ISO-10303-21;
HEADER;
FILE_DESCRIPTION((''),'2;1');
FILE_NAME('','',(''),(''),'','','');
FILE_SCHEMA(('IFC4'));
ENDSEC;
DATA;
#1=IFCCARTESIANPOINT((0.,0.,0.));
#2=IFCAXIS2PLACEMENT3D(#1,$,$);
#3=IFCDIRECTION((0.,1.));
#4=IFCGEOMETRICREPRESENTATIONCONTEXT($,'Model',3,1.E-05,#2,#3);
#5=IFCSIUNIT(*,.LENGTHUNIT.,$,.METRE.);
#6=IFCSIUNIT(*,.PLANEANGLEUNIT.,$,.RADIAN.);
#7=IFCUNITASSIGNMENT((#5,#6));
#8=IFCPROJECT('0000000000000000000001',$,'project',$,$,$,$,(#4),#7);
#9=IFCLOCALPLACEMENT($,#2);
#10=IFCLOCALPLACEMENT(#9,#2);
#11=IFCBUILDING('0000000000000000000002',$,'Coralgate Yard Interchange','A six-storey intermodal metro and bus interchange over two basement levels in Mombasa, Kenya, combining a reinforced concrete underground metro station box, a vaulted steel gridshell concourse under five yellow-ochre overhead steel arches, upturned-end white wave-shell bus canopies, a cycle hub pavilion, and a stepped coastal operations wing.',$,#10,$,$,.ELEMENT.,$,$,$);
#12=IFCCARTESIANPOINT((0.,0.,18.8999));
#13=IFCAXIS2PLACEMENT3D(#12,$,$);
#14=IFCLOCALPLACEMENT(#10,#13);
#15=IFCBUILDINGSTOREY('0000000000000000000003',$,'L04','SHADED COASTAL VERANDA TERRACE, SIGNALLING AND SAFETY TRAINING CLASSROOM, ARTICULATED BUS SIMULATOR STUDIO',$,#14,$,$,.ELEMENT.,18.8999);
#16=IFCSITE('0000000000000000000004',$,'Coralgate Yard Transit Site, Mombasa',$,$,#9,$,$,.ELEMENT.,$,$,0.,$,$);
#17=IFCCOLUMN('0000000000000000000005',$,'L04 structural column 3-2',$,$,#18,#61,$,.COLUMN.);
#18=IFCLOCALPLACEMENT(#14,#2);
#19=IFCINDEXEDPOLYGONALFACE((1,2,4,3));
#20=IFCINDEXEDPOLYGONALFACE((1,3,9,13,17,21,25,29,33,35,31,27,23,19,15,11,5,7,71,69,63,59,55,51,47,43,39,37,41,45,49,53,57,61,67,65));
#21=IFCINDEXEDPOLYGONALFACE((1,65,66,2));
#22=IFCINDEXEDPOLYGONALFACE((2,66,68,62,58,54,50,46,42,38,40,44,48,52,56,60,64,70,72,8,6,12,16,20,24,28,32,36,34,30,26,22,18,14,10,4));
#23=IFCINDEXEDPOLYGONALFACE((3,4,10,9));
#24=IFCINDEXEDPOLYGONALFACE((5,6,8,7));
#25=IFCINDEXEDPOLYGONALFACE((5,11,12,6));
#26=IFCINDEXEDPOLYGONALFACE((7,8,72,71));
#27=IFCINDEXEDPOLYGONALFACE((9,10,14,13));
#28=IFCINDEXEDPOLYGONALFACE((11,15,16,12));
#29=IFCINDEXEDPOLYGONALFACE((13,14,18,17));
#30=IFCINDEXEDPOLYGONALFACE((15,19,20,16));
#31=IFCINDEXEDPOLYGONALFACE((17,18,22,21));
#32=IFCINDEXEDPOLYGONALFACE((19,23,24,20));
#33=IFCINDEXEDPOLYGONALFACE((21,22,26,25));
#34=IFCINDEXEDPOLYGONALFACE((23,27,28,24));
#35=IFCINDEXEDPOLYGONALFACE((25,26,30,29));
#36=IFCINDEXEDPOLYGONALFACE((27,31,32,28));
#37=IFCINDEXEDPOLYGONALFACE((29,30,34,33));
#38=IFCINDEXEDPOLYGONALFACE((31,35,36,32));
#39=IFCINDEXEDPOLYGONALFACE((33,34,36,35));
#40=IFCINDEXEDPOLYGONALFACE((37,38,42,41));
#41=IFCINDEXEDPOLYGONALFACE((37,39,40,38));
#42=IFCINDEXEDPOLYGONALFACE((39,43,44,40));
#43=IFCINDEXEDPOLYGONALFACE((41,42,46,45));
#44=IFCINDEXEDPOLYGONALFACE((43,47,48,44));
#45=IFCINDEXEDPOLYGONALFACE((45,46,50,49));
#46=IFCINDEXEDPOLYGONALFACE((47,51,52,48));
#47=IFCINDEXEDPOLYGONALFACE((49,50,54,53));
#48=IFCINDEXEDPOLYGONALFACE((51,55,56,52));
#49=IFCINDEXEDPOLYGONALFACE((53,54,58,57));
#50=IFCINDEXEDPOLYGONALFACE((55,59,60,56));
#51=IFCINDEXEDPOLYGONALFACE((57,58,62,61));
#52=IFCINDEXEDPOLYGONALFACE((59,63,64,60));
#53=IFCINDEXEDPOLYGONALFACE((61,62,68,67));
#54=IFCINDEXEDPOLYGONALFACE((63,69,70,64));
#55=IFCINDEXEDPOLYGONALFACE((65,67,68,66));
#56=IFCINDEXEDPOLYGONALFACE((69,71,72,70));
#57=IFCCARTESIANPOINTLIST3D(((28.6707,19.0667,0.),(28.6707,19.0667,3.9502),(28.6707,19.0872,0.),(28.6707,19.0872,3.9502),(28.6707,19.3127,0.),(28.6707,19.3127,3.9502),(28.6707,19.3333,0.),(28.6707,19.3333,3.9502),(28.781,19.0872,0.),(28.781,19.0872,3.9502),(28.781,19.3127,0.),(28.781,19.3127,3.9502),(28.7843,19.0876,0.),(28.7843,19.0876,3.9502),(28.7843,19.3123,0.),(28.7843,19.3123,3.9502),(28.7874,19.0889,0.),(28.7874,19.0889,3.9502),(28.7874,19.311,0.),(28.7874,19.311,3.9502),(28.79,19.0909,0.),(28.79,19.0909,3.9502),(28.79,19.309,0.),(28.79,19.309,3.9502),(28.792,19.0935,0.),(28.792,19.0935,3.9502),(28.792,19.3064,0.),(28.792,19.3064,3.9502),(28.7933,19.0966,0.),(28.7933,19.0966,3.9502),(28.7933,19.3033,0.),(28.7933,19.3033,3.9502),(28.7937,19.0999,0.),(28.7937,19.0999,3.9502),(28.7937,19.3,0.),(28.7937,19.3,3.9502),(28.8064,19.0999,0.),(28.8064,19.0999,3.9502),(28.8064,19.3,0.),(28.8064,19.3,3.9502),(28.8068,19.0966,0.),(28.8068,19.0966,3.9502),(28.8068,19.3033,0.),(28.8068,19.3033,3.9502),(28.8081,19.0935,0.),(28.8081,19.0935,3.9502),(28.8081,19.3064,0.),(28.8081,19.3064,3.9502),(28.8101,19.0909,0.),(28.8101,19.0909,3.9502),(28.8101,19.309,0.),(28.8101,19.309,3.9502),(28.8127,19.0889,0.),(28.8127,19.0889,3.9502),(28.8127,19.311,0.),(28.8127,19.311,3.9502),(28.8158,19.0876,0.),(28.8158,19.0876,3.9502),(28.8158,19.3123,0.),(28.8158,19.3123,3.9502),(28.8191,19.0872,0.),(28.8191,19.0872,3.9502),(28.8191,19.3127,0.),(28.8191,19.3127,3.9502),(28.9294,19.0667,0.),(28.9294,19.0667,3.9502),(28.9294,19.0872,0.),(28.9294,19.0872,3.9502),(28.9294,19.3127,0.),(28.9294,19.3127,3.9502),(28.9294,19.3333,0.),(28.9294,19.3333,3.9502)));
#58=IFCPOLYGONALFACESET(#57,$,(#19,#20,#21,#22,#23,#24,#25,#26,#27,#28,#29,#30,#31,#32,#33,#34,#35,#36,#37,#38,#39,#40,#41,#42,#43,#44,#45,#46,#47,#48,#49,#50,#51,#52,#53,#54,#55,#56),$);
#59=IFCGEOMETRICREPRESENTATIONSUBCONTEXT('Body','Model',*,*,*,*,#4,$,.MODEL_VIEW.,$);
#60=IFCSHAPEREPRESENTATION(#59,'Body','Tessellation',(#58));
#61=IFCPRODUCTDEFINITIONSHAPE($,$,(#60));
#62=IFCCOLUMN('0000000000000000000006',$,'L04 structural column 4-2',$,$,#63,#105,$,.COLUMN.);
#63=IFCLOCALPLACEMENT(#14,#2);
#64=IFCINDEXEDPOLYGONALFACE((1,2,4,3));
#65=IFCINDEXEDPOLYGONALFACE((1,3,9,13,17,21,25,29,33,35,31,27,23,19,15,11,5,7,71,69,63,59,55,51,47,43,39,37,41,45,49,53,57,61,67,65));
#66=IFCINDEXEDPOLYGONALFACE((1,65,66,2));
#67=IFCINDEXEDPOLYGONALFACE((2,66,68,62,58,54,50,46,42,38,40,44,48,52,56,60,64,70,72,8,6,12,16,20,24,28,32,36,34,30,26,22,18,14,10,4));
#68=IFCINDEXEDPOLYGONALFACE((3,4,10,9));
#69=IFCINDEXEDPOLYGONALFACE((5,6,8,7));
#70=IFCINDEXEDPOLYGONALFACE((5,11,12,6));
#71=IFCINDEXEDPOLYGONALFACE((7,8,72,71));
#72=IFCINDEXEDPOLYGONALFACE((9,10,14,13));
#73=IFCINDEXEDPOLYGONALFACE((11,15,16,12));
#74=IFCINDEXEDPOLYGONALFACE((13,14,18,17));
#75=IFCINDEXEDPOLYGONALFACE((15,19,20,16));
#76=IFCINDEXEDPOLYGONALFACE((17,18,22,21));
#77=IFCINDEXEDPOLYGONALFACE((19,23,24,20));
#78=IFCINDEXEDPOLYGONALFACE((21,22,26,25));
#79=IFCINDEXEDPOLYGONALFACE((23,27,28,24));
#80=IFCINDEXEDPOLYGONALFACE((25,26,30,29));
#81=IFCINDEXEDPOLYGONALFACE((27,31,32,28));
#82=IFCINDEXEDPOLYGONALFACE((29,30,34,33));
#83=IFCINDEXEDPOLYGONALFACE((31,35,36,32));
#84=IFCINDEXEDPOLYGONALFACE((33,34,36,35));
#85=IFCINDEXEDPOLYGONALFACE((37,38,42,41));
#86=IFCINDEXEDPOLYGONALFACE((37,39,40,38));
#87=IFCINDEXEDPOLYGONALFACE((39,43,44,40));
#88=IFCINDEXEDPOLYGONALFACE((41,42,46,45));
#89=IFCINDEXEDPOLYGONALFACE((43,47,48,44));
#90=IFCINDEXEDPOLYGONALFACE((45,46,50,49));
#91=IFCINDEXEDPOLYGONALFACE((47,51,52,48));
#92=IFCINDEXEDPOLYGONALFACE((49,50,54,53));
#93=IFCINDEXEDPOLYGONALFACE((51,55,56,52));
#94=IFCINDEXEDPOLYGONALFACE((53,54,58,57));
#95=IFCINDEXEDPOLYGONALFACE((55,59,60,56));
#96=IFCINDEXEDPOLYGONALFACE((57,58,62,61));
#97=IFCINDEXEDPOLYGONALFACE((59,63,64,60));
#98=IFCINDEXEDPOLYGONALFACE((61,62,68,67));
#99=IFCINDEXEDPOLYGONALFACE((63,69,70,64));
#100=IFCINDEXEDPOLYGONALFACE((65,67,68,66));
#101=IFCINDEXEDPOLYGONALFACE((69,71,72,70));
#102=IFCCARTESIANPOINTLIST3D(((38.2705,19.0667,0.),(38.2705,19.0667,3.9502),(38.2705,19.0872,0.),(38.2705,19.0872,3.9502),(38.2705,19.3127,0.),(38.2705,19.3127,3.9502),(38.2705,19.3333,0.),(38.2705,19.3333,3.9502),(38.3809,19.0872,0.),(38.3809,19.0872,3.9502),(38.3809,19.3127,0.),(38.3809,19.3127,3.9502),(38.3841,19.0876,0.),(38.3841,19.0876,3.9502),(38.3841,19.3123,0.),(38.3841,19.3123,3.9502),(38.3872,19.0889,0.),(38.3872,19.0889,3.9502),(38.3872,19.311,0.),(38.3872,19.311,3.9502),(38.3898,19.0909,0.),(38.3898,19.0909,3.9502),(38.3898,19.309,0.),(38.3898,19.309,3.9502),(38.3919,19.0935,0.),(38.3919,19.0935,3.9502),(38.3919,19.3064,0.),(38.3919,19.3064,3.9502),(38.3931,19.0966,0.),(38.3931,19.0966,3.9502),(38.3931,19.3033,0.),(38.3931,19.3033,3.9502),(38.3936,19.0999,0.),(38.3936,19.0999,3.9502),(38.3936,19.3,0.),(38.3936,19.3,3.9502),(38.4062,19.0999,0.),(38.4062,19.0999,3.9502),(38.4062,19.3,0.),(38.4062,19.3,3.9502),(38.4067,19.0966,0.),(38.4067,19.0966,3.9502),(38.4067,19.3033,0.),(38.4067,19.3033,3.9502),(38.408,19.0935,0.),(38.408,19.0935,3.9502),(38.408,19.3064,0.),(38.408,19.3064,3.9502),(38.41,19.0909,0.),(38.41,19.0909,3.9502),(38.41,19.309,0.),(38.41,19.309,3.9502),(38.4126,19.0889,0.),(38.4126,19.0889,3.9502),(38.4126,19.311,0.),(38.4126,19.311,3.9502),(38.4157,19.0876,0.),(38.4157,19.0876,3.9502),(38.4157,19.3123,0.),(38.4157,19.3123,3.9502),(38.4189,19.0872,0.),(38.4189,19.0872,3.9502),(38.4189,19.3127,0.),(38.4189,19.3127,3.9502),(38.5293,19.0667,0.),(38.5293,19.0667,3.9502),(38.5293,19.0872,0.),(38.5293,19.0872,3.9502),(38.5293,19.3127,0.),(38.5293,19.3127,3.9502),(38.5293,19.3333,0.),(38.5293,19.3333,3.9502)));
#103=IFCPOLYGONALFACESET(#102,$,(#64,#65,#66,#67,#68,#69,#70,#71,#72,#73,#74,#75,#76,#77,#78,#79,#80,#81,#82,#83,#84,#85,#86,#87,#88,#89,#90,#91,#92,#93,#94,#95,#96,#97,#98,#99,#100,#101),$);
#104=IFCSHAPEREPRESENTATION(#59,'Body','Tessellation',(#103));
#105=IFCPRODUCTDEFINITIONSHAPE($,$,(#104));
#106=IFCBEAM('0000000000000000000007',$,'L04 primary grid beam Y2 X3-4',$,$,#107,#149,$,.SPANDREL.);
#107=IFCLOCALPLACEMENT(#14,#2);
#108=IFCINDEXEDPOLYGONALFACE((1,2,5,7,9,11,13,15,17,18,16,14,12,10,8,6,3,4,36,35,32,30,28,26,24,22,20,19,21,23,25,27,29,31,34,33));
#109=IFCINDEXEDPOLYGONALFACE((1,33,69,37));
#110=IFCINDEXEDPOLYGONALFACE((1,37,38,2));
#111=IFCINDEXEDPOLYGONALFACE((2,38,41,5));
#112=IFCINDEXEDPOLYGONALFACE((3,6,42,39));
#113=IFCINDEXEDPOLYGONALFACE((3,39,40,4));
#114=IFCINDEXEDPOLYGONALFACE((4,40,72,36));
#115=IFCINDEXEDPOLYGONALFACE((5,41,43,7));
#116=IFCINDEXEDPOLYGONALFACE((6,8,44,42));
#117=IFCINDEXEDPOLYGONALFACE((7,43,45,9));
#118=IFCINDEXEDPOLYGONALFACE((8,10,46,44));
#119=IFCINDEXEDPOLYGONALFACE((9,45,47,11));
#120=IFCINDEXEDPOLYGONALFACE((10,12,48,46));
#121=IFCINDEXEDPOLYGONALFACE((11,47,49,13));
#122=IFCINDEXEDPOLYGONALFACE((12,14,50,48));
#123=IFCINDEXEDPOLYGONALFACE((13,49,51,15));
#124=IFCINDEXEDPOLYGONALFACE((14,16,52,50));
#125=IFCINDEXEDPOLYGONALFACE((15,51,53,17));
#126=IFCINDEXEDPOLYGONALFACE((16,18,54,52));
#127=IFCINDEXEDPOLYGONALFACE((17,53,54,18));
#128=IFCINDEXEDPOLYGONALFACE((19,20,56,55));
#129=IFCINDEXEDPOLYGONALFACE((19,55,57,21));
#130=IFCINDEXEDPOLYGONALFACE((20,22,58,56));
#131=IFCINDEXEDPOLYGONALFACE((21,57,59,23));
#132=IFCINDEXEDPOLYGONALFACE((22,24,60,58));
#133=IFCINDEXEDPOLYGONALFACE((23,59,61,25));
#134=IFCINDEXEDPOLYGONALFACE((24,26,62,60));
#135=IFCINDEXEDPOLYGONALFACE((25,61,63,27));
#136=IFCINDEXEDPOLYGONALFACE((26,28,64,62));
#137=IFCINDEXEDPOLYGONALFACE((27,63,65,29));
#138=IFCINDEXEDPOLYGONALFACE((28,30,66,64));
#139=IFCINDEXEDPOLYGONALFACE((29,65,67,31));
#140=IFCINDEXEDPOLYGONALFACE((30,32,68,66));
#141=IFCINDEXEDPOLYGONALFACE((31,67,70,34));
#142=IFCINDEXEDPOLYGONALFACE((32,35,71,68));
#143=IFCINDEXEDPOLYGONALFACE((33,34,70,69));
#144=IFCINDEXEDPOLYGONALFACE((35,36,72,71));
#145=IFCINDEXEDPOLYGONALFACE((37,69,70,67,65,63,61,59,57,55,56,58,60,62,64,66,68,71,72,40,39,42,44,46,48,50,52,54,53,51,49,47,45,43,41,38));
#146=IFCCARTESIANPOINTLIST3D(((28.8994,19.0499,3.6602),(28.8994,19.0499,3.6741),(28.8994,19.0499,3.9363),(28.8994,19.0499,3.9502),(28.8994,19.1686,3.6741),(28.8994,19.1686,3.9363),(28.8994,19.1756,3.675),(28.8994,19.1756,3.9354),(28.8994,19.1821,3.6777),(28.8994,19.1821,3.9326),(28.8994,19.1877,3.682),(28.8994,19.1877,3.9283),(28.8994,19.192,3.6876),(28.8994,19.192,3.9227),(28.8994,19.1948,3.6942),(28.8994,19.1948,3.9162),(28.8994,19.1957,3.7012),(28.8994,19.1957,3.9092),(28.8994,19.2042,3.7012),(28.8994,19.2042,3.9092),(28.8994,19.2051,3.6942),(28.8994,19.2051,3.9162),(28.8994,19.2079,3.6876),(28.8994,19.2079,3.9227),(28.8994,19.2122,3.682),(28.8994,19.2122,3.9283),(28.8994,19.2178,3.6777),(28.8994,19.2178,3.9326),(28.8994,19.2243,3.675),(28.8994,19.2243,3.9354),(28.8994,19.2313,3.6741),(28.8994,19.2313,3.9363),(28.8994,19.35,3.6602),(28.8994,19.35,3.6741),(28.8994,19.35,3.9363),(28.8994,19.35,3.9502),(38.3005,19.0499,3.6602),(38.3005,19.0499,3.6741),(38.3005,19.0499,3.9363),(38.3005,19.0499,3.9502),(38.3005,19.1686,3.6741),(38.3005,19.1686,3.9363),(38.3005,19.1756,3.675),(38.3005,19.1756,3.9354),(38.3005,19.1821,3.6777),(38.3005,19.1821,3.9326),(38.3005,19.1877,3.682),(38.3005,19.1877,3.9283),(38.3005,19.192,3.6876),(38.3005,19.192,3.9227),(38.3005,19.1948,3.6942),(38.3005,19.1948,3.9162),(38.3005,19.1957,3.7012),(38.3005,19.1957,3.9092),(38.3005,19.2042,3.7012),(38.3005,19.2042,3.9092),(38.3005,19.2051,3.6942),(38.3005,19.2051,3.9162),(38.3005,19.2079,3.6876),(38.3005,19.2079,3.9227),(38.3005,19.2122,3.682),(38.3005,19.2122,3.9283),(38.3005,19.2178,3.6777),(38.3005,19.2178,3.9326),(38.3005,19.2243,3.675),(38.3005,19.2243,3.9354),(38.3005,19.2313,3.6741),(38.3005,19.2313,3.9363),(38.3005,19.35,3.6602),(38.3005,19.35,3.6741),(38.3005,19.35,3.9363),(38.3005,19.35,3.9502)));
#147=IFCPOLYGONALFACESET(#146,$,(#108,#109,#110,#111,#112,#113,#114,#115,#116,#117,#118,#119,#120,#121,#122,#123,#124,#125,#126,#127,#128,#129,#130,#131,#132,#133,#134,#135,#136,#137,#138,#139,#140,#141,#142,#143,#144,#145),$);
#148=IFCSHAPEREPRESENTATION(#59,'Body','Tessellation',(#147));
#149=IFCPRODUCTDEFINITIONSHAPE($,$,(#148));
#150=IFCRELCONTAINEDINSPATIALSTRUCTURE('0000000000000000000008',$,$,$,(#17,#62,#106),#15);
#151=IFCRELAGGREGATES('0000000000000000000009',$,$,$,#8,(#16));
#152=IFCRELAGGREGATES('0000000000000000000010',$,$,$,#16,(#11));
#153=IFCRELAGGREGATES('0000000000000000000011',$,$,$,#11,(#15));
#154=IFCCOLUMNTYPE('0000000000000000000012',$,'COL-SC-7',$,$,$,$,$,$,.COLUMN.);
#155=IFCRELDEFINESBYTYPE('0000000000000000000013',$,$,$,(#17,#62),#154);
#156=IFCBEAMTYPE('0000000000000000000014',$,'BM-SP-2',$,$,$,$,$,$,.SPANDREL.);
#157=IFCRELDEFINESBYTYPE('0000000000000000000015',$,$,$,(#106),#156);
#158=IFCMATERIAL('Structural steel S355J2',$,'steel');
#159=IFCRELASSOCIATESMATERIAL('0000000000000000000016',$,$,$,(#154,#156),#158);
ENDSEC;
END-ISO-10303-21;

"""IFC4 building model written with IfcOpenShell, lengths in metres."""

from ifc_helpers import new_model, si_unit, direction, frame, origin, origin_2d, place, context, subcontext, project, spatial, i_section, extrude, material, material_profile, profile_set, type_object, element, save


model = new_model("IFC4")

# Units and contexts
model_context = context("Model", 3, precision=1e-05, world=origin(), true_north=direction((0.0, 1.0)))
body_context = subcontext(model_context, "Body", "Model", "MODEL_VIEW")
ifc_project = project(units=[si_unit("LENGTHUNIT", "METRE"), si_unit("PLANEANGLEUNIT", "RADIAN")], contexts=[model_context])

# Site, building, storey
site_placement = place(None, origin())
site = spatial("IfcSite", under=ifc_project, at=site_placement, Name="Coralgate Yard Transit Site, Mombasa", CompositionType="ELEMENT", RefElevation=0.0)
building_placement = place(site_placement, origin())
building = spatial("IfcBuilding", under=site, at=building_placement, Name="Coralgate Yard Interchange", Description="A six-storey intermodal metro and bus interchange over two basement levels in Mombasa, Kenya, combining a reinforced concrete underground metro station box, a vaulted steel gridshell concourse under five yellow-ochre overhead steel arches, upturned-end white wave-shell bus canopies, a cycle hub pavilion, and a stepped coastal operations wing.", CompositionType="ELEMENT")
storey_placement = place(building_placement, frame((0.0, 0.0, 18.8999)))
storey = spatial("IfcBuildingStorey", under=building, at=storey_placement, Name="L04", Description="SHADED COASTAL VERANDA TERRACE, SIGNALLING AND SAFETY TRAINING CLASSROOM, ARTICULATED BUS SIMULATOR STUDIO", CompositionType="ELEMENT", Elevation=18.8999)

# Columns
ifc_material_1 = material(Name="Structural steel S355J2", Category="steel")
ifc_material_profile_1 = material_profile(ifc_material_1, i_section(OverallWidth=0.2588, OverallDepth=0.2666, WebThickness=0.0127, FlangeThickness=0.0205, FilletRadius=0.0127, at=origin_2d()), Name="UC 254x254x107")
ifc_profile_set_1 = profile_set([ifc_material_profile_1], Name="Structural steel S355J2")
column_type = type_object("IfcColumnType", Name="COL-SC-7", PredefinedType="COLUMN", material=ifc_profile_set_1)
for number, where, z_axis, x_axis, name in (
    (1, (28.8, 19.2, 0.0), (0.0, 0.0, 1.0), (1.0, 0.0, 0.0), "L04 structural column 3-2"),
    (2, (38.3999, 19.2, 0.0), (0.0, 0.0, 1.0), (1.0, 0.0, 0.0), "L04 structural column 4-2"),
):
    element("IfcColumn", number, at=place(storey_placement, frame(where, z_axis=z_axis, x_axis=x_axis)), inside=storey, type_object=column_type, Name=name, PredefinedType="COLUMN", context=body_context, shape_type="SweptSolid", body=[
        extrude(i_section(OverallWidth=0.2588, OverallDepth=0.2666, WebThickness=0.0127, FlangeThickness=0.0205, FilletRadius=0.0127, at=origin_2d()), origin(), (0.0, 0.0, 1.0), 3.9502),
    ])

# Beam
ifc_material_profile_2 = material_profile(ifc_material_1, i_section(OverallWidth=0.3, OverallDepth=0.29, WebThickness=0.0085, FlangeThickness=0.0139, FilletRadius=0.0271, at=origin_2d()), Name="HEA 300")
ifc_profile_set_2 = profile_set([ifc_material_profile_2], Name="Structural steel S355J2")
beam_type = type_object("IfcBeamType", Name="BM-SP-2", PredefinedType="SPANDREL", material=ifc_profile_set_2)
beam_placement = place(storey_placement, frame((28.8994, 19.2, 3.8052), z_axis=(1.0, 0.0, 0.0), x_axis=(0.0, 1.0, 0.0)))
element("IfcBeam", 3, at=beam_placement, inside=storey, type_object=beam_type, Name="L04 primary grid beam Y2 X3-4", PredefinedType="SPANDREL", context=body_context, shape_type="SweptSolid", body=[
    extrude(i_section(OverallWidth=0.3, OverallDepth=0.29, WebThickness=0.0085, FlangeThickness=0.0139, FilletRadius=0.0271, at=origin_2d()), origin(), (0.0, 0.0, 1.0), 9.4011),
])

save(model, "model.ifc")
